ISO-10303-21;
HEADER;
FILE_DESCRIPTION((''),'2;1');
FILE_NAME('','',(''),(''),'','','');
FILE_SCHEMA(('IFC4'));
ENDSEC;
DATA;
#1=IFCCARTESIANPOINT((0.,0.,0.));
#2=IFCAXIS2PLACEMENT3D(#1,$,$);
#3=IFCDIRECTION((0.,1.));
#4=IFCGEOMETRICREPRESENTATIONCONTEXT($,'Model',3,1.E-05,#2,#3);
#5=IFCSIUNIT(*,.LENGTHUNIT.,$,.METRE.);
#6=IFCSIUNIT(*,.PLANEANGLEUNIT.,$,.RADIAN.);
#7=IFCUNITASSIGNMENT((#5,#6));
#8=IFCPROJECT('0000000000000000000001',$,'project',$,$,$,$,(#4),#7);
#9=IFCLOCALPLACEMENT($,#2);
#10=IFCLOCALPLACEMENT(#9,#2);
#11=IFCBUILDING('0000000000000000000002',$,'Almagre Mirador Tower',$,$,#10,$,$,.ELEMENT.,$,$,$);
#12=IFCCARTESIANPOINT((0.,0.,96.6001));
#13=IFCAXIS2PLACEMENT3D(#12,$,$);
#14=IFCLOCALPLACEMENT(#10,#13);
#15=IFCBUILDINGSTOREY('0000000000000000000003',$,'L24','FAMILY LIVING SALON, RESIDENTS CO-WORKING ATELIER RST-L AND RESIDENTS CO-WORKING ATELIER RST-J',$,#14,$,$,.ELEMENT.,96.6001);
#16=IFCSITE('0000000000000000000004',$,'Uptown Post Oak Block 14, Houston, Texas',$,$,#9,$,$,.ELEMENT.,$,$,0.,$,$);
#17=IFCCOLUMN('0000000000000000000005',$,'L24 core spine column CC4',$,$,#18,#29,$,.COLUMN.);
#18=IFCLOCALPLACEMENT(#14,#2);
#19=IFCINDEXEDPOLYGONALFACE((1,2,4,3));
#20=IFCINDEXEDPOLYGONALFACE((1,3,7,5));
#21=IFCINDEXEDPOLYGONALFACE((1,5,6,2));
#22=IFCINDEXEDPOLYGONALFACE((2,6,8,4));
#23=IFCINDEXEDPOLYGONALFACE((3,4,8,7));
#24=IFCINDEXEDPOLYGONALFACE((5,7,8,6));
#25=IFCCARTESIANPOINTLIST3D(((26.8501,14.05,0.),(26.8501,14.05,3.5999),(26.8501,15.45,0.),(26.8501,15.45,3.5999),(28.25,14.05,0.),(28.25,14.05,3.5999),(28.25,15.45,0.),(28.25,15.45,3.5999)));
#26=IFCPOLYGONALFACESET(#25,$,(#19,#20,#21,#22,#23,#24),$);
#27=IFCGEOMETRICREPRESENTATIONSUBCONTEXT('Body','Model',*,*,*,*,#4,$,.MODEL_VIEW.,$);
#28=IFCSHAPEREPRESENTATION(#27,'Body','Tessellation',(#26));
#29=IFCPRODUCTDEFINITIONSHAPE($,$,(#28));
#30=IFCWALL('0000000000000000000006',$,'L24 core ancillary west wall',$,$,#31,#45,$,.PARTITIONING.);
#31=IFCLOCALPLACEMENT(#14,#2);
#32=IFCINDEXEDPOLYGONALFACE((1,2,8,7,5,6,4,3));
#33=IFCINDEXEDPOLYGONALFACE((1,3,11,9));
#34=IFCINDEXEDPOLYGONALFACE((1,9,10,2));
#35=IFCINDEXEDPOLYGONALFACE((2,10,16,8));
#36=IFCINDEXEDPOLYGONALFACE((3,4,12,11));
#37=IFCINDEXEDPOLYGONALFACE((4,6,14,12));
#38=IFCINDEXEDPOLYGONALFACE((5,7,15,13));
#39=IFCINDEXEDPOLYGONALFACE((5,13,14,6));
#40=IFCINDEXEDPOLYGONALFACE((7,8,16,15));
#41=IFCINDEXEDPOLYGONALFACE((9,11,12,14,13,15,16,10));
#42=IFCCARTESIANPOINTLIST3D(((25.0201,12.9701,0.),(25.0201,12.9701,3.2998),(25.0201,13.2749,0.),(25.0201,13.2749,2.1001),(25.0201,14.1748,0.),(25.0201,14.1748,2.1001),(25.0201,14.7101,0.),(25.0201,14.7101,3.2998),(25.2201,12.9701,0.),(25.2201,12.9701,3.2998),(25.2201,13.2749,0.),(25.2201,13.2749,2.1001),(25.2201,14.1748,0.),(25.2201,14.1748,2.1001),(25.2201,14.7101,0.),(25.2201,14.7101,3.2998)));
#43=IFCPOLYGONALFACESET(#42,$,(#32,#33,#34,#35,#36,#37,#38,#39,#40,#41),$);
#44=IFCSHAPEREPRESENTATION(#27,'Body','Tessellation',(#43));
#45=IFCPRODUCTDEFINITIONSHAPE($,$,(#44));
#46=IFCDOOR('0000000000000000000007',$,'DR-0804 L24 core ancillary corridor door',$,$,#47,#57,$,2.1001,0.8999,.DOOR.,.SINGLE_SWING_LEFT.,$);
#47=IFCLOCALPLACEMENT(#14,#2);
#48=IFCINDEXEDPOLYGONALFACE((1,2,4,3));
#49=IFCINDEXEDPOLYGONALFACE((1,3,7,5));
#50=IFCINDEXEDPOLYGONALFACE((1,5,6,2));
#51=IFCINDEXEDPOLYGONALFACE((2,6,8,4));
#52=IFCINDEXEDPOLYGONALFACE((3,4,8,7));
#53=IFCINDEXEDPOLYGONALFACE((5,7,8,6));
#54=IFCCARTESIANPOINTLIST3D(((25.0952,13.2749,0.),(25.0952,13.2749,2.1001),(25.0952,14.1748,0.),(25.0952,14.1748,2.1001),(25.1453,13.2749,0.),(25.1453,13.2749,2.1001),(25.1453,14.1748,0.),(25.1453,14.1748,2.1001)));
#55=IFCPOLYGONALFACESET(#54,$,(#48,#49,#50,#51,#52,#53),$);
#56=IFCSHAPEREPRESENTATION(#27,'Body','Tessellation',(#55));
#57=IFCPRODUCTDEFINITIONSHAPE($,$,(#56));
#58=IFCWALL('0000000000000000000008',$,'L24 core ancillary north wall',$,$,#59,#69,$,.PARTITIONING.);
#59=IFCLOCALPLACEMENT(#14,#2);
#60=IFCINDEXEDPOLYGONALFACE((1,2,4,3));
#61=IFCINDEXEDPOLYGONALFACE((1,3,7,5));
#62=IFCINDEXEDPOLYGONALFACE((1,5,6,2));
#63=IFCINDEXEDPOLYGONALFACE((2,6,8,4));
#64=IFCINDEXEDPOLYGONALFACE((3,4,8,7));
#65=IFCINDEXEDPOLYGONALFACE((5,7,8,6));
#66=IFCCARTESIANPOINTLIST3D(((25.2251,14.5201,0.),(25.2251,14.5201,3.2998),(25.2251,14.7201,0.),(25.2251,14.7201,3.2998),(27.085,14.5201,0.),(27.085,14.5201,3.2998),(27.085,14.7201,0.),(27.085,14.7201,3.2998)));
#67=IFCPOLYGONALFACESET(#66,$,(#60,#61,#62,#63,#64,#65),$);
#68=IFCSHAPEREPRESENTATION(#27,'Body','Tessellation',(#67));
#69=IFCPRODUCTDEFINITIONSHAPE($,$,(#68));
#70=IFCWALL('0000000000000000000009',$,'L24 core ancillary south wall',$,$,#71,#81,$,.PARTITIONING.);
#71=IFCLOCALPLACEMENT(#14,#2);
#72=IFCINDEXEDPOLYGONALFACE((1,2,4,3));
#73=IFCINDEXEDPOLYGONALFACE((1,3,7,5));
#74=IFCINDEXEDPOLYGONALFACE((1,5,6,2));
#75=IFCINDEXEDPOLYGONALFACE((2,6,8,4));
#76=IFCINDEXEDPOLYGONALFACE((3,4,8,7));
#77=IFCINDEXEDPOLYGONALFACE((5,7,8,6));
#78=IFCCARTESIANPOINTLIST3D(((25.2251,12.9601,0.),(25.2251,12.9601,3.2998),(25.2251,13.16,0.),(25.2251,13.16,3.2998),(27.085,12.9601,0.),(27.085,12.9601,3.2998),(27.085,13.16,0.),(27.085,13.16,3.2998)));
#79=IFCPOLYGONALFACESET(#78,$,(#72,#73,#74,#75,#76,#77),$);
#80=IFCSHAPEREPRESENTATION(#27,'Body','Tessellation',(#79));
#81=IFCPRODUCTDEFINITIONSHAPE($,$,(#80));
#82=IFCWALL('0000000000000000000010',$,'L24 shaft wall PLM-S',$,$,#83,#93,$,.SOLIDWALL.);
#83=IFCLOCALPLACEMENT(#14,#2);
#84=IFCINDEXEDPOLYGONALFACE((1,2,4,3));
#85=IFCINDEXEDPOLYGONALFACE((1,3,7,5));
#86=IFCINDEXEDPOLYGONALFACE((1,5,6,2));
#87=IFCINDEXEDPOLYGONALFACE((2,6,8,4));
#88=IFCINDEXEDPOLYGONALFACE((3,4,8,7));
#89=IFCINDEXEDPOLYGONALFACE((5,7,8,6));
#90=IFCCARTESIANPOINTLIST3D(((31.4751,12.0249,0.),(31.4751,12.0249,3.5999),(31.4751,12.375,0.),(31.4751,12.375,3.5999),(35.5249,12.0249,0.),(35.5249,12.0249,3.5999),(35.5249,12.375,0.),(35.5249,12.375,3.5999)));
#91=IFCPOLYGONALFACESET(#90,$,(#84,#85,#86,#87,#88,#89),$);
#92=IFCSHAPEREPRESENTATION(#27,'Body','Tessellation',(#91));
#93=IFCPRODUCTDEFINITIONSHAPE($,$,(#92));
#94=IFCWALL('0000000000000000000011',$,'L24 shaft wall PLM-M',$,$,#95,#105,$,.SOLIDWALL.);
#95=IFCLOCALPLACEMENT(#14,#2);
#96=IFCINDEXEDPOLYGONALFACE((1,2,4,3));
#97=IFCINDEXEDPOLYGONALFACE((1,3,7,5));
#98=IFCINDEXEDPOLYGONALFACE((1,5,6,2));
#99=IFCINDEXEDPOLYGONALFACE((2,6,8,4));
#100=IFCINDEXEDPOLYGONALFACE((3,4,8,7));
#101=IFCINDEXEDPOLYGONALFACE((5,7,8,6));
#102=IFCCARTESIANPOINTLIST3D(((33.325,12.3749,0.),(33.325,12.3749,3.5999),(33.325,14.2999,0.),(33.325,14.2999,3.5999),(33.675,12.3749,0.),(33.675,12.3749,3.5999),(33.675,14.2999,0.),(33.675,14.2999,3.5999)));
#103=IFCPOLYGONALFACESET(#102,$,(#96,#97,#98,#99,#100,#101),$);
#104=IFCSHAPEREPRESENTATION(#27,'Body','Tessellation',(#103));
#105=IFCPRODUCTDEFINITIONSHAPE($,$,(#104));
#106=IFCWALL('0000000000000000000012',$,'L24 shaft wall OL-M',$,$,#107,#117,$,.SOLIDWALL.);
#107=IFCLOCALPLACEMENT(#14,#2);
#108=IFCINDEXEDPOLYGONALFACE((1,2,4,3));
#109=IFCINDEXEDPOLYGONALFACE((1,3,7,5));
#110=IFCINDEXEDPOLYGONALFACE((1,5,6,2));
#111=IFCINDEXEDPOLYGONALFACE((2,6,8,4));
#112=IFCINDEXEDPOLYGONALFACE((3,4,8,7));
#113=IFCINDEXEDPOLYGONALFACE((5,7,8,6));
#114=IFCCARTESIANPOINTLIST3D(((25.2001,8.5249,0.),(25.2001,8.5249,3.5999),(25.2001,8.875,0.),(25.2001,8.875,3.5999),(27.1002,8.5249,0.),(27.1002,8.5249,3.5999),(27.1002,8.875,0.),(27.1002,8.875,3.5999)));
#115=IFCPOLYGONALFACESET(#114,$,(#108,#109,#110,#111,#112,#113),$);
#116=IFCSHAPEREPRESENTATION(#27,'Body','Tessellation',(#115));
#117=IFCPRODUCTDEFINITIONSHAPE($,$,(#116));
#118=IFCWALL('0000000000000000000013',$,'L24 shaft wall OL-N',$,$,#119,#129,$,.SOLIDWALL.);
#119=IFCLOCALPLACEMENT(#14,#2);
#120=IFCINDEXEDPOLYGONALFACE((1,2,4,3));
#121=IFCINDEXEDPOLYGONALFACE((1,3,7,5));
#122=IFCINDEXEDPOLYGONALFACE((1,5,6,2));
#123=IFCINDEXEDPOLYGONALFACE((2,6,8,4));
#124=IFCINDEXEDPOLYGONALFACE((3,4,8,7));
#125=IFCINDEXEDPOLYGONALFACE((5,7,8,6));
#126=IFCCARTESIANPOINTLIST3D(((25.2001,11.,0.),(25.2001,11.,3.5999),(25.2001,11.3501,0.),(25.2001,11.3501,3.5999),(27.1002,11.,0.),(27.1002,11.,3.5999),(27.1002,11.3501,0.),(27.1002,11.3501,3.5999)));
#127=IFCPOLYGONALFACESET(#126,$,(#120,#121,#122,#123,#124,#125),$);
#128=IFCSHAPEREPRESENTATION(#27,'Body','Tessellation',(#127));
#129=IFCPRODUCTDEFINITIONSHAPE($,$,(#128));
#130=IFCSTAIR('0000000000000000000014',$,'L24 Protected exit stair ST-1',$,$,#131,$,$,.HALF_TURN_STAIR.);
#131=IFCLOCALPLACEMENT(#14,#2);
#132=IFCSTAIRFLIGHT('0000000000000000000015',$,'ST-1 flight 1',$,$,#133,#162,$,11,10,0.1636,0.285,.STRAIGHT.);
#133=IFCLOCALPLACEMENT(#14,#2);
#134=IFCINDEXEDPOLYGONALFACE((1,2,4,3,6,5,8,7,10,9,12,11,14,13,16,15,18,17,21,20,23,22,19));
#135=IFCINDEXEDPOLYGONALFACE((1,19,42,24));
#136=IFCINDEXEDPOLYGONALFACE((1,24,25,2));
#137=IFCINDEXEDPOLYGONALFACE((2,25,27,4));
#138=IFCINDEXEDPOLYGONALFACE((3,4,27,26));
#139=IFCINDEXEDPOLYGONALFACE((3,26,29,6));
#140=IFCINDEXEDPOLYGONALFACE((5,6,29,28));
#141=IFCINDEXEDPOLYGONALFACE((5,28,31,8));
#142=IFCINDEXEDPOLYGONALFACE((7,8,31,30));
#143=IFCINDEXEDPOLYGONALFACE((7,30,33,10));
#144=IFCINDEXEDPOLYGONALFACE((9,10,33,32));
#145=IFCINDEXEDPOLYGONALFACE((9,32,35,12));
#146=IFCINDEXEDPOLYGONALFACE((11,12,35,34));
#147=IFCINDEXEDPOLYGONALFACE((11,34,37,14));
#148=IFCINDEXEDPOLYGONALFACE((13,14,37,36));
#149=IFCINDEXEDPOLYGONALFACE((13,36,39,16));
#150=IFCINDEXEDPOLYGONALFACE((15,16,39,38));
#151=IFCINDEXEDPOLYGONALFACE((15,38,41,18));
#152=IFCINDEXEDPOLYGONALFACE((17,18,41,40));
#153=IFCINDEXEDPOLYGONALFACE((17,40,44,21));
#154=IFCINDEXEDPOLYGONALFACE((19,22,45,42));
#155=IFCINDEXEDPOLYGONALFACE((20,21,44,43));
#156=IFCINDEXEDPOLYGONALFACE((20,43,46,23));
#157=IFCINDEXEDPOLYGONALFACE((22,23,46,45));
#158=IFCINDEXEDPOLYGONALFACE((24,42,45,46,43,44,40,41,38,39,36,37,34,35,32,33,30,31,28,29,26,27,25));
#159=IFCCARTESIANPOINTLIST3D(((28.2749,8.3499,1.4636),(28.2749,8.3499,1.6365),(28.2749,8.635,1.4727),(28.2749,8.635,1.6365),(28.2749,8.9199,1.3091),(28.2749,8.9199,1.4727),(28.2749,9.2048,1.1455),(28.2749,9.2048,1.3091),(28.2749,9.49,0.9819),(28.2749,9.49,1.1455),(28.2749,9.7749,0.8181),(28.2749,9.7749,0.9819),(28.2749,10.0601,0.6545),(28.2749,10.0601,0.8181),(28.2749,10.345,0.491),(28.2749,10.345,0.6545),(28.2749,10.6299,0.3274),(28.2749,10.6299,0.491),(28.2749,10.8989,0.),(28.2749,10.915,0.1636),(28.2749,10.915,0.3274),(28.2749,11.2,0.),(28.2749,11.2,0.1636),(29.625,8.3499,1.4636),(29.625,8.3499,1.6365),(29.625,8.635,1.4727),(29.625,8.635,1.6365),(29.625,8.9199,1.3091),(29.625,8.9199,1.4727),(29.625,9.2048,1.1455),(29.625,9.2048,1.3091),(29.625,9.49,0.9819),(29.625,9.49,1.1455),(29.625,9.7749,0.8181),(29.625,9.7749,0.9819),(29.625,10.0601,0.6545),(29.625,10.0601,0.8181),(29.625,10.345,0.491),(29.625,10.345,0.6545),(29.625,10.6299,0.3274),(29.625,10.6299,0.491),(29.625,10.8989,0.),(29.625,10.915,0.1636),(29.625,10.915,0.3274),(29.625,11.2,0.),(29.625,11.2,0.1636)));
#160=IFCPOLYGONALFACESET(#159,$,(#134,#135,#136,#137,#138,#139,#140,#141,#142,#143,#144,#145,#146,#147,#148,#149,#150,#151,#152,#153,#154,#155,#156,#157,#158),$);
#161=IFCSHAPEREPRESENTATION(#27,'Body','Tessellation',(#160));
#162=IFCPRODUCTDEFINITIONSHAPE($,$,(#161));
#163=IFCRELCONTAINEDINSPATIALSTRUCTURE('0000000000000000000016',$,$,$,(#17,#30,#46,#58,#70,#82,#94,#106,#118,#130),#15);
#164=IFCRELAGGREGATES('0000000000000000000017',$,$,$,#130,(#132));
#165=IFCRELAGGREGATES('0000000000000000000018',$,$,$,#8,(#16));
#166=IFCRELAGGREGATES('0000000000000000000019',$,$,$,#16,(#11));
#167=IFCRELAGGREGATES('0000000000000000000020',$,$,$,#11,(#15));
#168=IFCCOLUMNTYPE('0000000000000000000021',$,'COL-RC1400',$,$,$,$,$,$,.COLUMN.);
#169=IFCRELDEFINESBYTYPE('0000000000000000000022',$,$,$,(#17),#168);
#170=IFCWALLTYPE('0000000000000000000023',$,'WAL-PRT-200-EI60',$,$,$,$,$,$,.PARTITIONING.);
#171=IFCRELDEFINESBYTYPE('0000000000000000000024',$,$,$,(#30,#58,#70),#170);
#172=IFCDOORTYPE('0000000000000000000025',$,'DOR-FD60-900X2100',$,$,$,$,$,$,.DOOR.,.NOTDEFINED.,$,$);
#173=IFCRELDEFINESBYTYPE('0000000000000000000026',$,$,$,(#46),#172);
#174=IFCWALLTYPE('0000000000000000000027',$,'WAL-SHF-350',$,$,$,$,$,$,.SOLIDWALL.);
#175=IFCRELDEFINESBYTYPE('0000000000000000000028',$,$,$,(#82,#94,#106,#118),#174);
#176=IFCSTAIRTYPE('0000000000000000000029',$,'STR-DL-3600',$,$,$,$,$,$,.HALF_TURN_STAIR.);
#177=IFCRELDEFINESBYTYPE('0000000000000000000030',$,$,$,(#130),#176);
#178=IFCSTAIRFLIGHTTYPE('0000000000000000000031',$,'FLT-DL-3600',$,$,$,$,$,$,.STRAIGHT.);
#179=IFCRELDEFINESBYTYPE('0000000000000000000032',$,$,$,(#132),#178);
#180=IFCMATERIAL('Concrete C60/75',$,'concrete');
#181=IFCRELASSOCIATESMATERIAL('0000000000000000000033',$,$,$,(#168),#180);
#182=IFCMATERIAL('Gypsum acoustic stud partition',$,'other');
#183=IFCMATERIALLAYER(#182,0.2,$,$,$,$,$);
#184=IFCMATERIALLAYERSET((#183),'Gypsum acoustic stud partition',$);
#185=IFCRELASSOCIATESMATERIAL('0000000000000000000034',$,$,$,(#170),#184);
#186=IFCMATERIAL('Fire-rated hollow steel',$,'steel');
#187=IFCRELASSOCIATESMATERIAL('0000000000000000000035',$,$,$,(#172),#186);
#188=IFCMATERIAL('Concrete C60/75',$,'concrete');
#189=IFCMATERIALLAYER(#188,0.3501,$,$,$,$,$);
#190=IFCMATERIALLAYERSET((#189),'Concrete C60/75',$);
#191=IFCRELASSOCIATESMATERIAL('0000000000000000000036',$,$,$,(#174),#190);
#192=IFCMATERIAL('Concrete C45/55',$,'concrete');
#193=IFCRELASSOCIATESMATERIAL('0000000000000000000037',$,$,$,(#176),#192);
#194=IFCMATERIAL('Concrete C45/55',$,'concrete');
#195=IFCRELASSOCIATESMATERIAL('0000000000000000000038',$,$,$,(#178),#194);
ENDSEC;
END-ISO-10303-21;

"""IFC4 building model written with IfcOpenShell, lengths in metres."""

from ifc_helpers import new_model, si_unit, direction, frame, frame_2d, origin, origin_2d, place, context, subcontext, project, spatial, polyline, rectangle, outline, extrude, material, layer, layer_set, material_profile, profile_set, type_object, element, fill, aggregate, save


model = new_model("IFC4")

# Units and contexts
model_context = context("Model", 3, precision=1e-05, world=origin(), true_north=direction((0.0, 1.0)))
body_context = subcontext(model_context, "Body", "Model", "MODEL_VIEW")
ifc_project = project(units=[si_unit("LENGTHUNIT", "METRE"), si_unit("PLANEANGLEUNIT", "RADIAN")], contexts=[model_context])

# Site, building, storey
site_placement = place(None, origin())
site = spatial("IfcSite", under=ifc_project, at=site_placement, Name="Uptown Post Oak Block 14, Houston, Texas", CompositionType="ELEMENT", RefElevation=0.0)
building_placement = place(site_placement, origin())
building = spatial("IfcBuilding", under=site, at=building_placement, Name="Almagre Mirador Tower", CompositionType="ELEMENT")
storey_placement = place(building_placement, frame((0.0, 0.0, 96.6001)))
storey = spatial("IfcBuildingStorey", under=building, at=storey_placement, Name="L24", Description="FAMILY LIVING SALON, RESIDENTS CO-WORKING ATELIER RST-L AND RESIDENTS CO-WORKING ATELIER RST-J", CompositionType="ELEMENT", Elevation=96.6001)

# Column
ifc_material_1 = material(Name="Concrete C60/75", Category="concrete")
ifc_material_profile = material_profile(ifc_material_1, rectangle(XDim=1.3999, YDim=1.3999, at=origin_2d()), Name="RC1400X1400")
ifc_profile_set = profile_set([ifc_material_profile], Name="Concrete C60/75")
column_type = type_object("IfcColumnType", Name="COL-RC1400", PredefinedType="COLUMN", material=ifc_profile_set)
column_placement = place(storey_placement, frame((27.55, 14.75, 0.0), z_axis=(0.0, 0.0, 1.0), x_axis=(1.0, 0.0, 0.0)))
element("IfcColumn", 1, at=column_placement, inside=storey, type_object=column_type, Name="L24 core spine column CC4", PredefinedType="COLUMN", context=body_context, shape_type="SweptSolid", body=[
    extrude(rectangle(XDim=1.3999, YDim=1.3999, at=origin_2d()), origin(), (0.0, 0.0, 1.0), 3.5999),
])

# Wall, opening, door
ifc_material_2 = material(Name="Gypsum acoustic stud partition", Category="other")
ifc_layer_1 = layer(ifc_material_2, 0.2)
ifc_layer_set_1 = layer_set([ifc_layer_1], Name="Gypsum acoustic stud partition")
wall_type_1 = type_object("IfcWallType", Name="WAL-PRT-200-EI60", PredefinedType="PARTITIONING", material=ifc_layer_set_1)
wall_1_placement = place(storey_placement, frame((25.1201, 12.97, 0.0), z_axis=(0.0, 0.0, 1.0), x_axis=(0.0, 1.0, 0.0)))
wall_1 = element("IfcWall", 2, at=wall_1_placement, inside=storey, type_object=wall_type_1, Name="L24 core ancillary west wall", PredefinedType="PARTITIONING", context=body_context, shape_type="SweptSolid", body=[
    extrude(rectangle(XDim=1.74, YDim=0.2, at=frame_2d((0.8701, 0.0))), origin(), (0.0, 0.0, 1.0), 3.2998),
])
opening_1_placement = place(wall_1_placement, frame((0.3049, 0.0, 0.0)))
opening_1 = element("IfcOpeningElement", 3, at=opening_1_placement, cuts=wall_1, PredefinedType="OPENING", context=body_context, shape_type="SweptSolid", body=[
    extrude(rectangle(XDim=0.8999, YDim=2.1001, at=frame_2d((0.45, 1.05))), frame((0.0, 0.1101, 0.0), z_axis=(0.0, -1.0, 0.0), x_axis=(1.0, 0.0, 0.0)), (0.0, 0.0, 1.0), 0.22),
])
ifc_material_3 = material(Name="Fire-rated hollow steel", Category="steel")
door_type_1 = type_object("IfcDoorType", Name="DOR-FD60-900X2100", OperationType="NOTDEFINED", PredefinedType="DOOR", material=ifc_material_3)
door_1_placement = place(opening_1_placement, origin())
door_1 = element("IfcDoor", 4, at=door_1_placement, inside=storey, type_object=door_type_1, Name="DR-0804 L24 core ancillary corridor door", OperationType="SINGLE_SWING_LEFT", OverallHeight=2.1001, OverallWidth=0.8999, PredefinedType="DOOR", context=body_context, shape_type="SweptSolid", body=[
    extrude(rectangle(XDim=0.8999, YDim=2.1001, at=frame_2d((0.45, 1.05))), frame((0.0, 0.0249, 0.0), z_axis=(0.0, -1.0, 0.0), x_axis=(1.0, 0.0, 0.0)), (0.0, 0.0, 1.0), 0.05),
])
fill(opening_1, door_1)

# Walls
for number, where, z_axis, x_axis, name in (
    (5, (25.2251, 14.6201, 0.0), (0.0, 0.0, 1.0), (1.0, 0.0, 0.0), "L24 core ancillary north wall"),
    (6, (25.2251, 13.0601, 0.0), (0.0, 0.0, 1.0), (1.0, 0.0, 0.0), "L24 core ancillary south wall"),
):
    element("IfcWall", number, at=place(storey_placement, frame(where, z_axis=z_axis, x_axis=x_axis)), inside=storey, type_object=wall_type_1, Name=name, PredefinedType="PARTITIONING", context=body_context, shape_type="SweptSolid", body=[
        extrude(rectangle(XDim=1.8599, YDim=0.2, at=frame_2d((0.9299, 0.0))), origin(), (0.0, 0.0, 1.0), 3.2998),
    ])
ifc_material_4 = material(Name="Concrete C60/75", Category="concrete")
ifc_layer_2 = layer(ifc_material_4, 0.3501)
ifc_layer_set_2 = layer_set([ifc_layer_2], Name="Concrete C60/75")
wall_type_2 = type_object("IfcWallType", Name="WAL-SHF-350", PredefinedType="SOLIDWALL", material=ifc_layer_set_2)
wall_2_placement = place(storey_placement, frame((31.4751, 12.2, 0.0), z_axis=(0.0, 0.0, 1.0), x_axis=(1.0, 0.0, 0.0)))
element("IfcWall", 7, at=wall_2_placement, inside=storey, type_object=wall_type_2, Name="L24 shaft wall PLM-S", PredefinedType="SOLIDWALL", context=body_context, shape_type="SweptSolid", body=[
    extrude(rectangle(XDim=4.0498, YDim=0.3501, at=frame_2d((2.0249, 0.0))), origin(), (0.0, 0.0, 1.0), 3.5999),
])
wall_3_placement = place(storey_placement, frame((33.5, 12.375, 0.0), z_axis=(0.0, 0.0, 1.0), x_axis=(0.0, 1.0, 0.0)))
element("IfcWall", 8, at=wall_3_placement, inside=storey, type_object=wall_type_2, Name="L24 shaft wall PLM-M", PredefinedType="SOLIDWALL", context=body_context, shape_type="SweptSolid", body=[
    extrude(rectangle(XDim=1.925, YDim=0.3501, at=frame_2d((0.9624, 0.0))), origin(), (0.0, 0.0, 1.0), 3.5999),
])
for number, where, z_axis, x_axis, name in (
    (9, (25.2, 8.7, 0.0), (0.0, 0.0, 1.0), (1.0, 0.0, 0.0), "L24 shaft wall OL-M"),
    (10, (25.2, 11.175, 0.0), (0.0, 0.0, 1.0), (1.0, 0.0, 0.0), "L24 shaft wall OL-N"),
):
    element("IfcWall", number, at=place(storey_placement, frame(where, z_axis=z_axis, x_axis=x_axis)), inside=storey, type_object=wall_type_2, Name=name, PredefinedType="SOLIDWALL", context=body_context, shape_type="SweptSolid", body=[
        extrude(rectangle(XDim=1.9001, YDim=0.3501, at=frame_2d((0.9502, 0.0))), origin(), (0.0, 0.0, 1.0), 3.5999),
    ])

# Stair, stair flight
ifc_material_5 = material(Name="Concrete C45/55", Category="concrete")
stair_type = type_object("IfcStairType", Name="STR-DL-3600", PredefinedType="HALF_TURN_STAIR", material=ifc_material_5)
stair_placement = place(storey_placement, origin())
stair = element("IfcStair", 11, at=stair_placement, inside=storey, type_object=stair_type, Name="L24 Protected exit stair ST-1", PredefinedType="HALF_TURN_STAIR")
ifc_material_6 = material(Name="Concrete C45/55", Category="concrete")
stair_flight_type = type_object("IfcStairFlightType", Name="FLT-DL-3600", PredefinedType="STRAIGHT", material=ifc_material_6)
stair_flight_1_placement = place(storey_placement, frame((28.95, 11.2, 0.0), z_axis=(0.0, 0.0, 1.0), x_axis=(0.0, -1.0, 0.0)))
stair_flight_1 = element("IfcStairFlight", 12, at=stair_flight_1_placement, type_object=stair_flight_type, Name="ST-1 flight 1", NumberOfRisers=11, NumberOfTreads=10, PredefinedType="STRAIGHT", RiserHeight=0.1636, TreadLength=0.285, context=body_context, shape_type="SweptSolid", body=[
    extrude(outline(polyline([(0.0, 0.0), (0.0, 0.1636), (0.2849, 0.1636), (0.2849, 0.3274), (0.5701, 0.3274), (0.5701, 0.491), (0.855, 0.491), (0.855, 0.6545), (1.1399, 0.6545), (1.1399, 0.8181), (1.425, 0.8181), (1.425, 0.9819), (1.71, 0.9819), (1.71, 1.1455), (1.9951, 1.1455), (1.9951, 1.3091), (2.28, 1.3091), (2.28, 1.4727), (2.5649, 1.4727), (2.5649, 1.6365), (2.8501, 1.6365), (2.8501, 1.8), (2.8501, 1.4636), (0.301, 0.0), (0.0, 0.0)])), frame((0.0, 0.675, 0.0), z_axis=(0.0, -1.0, 0.0), x_axis=(1.0, 0.0, 0.0)), (0.0, 0.0, 1.0), 1.3501),
])
aggregate(stair, [stair_flight_1])

save(model, "model.ifc")
